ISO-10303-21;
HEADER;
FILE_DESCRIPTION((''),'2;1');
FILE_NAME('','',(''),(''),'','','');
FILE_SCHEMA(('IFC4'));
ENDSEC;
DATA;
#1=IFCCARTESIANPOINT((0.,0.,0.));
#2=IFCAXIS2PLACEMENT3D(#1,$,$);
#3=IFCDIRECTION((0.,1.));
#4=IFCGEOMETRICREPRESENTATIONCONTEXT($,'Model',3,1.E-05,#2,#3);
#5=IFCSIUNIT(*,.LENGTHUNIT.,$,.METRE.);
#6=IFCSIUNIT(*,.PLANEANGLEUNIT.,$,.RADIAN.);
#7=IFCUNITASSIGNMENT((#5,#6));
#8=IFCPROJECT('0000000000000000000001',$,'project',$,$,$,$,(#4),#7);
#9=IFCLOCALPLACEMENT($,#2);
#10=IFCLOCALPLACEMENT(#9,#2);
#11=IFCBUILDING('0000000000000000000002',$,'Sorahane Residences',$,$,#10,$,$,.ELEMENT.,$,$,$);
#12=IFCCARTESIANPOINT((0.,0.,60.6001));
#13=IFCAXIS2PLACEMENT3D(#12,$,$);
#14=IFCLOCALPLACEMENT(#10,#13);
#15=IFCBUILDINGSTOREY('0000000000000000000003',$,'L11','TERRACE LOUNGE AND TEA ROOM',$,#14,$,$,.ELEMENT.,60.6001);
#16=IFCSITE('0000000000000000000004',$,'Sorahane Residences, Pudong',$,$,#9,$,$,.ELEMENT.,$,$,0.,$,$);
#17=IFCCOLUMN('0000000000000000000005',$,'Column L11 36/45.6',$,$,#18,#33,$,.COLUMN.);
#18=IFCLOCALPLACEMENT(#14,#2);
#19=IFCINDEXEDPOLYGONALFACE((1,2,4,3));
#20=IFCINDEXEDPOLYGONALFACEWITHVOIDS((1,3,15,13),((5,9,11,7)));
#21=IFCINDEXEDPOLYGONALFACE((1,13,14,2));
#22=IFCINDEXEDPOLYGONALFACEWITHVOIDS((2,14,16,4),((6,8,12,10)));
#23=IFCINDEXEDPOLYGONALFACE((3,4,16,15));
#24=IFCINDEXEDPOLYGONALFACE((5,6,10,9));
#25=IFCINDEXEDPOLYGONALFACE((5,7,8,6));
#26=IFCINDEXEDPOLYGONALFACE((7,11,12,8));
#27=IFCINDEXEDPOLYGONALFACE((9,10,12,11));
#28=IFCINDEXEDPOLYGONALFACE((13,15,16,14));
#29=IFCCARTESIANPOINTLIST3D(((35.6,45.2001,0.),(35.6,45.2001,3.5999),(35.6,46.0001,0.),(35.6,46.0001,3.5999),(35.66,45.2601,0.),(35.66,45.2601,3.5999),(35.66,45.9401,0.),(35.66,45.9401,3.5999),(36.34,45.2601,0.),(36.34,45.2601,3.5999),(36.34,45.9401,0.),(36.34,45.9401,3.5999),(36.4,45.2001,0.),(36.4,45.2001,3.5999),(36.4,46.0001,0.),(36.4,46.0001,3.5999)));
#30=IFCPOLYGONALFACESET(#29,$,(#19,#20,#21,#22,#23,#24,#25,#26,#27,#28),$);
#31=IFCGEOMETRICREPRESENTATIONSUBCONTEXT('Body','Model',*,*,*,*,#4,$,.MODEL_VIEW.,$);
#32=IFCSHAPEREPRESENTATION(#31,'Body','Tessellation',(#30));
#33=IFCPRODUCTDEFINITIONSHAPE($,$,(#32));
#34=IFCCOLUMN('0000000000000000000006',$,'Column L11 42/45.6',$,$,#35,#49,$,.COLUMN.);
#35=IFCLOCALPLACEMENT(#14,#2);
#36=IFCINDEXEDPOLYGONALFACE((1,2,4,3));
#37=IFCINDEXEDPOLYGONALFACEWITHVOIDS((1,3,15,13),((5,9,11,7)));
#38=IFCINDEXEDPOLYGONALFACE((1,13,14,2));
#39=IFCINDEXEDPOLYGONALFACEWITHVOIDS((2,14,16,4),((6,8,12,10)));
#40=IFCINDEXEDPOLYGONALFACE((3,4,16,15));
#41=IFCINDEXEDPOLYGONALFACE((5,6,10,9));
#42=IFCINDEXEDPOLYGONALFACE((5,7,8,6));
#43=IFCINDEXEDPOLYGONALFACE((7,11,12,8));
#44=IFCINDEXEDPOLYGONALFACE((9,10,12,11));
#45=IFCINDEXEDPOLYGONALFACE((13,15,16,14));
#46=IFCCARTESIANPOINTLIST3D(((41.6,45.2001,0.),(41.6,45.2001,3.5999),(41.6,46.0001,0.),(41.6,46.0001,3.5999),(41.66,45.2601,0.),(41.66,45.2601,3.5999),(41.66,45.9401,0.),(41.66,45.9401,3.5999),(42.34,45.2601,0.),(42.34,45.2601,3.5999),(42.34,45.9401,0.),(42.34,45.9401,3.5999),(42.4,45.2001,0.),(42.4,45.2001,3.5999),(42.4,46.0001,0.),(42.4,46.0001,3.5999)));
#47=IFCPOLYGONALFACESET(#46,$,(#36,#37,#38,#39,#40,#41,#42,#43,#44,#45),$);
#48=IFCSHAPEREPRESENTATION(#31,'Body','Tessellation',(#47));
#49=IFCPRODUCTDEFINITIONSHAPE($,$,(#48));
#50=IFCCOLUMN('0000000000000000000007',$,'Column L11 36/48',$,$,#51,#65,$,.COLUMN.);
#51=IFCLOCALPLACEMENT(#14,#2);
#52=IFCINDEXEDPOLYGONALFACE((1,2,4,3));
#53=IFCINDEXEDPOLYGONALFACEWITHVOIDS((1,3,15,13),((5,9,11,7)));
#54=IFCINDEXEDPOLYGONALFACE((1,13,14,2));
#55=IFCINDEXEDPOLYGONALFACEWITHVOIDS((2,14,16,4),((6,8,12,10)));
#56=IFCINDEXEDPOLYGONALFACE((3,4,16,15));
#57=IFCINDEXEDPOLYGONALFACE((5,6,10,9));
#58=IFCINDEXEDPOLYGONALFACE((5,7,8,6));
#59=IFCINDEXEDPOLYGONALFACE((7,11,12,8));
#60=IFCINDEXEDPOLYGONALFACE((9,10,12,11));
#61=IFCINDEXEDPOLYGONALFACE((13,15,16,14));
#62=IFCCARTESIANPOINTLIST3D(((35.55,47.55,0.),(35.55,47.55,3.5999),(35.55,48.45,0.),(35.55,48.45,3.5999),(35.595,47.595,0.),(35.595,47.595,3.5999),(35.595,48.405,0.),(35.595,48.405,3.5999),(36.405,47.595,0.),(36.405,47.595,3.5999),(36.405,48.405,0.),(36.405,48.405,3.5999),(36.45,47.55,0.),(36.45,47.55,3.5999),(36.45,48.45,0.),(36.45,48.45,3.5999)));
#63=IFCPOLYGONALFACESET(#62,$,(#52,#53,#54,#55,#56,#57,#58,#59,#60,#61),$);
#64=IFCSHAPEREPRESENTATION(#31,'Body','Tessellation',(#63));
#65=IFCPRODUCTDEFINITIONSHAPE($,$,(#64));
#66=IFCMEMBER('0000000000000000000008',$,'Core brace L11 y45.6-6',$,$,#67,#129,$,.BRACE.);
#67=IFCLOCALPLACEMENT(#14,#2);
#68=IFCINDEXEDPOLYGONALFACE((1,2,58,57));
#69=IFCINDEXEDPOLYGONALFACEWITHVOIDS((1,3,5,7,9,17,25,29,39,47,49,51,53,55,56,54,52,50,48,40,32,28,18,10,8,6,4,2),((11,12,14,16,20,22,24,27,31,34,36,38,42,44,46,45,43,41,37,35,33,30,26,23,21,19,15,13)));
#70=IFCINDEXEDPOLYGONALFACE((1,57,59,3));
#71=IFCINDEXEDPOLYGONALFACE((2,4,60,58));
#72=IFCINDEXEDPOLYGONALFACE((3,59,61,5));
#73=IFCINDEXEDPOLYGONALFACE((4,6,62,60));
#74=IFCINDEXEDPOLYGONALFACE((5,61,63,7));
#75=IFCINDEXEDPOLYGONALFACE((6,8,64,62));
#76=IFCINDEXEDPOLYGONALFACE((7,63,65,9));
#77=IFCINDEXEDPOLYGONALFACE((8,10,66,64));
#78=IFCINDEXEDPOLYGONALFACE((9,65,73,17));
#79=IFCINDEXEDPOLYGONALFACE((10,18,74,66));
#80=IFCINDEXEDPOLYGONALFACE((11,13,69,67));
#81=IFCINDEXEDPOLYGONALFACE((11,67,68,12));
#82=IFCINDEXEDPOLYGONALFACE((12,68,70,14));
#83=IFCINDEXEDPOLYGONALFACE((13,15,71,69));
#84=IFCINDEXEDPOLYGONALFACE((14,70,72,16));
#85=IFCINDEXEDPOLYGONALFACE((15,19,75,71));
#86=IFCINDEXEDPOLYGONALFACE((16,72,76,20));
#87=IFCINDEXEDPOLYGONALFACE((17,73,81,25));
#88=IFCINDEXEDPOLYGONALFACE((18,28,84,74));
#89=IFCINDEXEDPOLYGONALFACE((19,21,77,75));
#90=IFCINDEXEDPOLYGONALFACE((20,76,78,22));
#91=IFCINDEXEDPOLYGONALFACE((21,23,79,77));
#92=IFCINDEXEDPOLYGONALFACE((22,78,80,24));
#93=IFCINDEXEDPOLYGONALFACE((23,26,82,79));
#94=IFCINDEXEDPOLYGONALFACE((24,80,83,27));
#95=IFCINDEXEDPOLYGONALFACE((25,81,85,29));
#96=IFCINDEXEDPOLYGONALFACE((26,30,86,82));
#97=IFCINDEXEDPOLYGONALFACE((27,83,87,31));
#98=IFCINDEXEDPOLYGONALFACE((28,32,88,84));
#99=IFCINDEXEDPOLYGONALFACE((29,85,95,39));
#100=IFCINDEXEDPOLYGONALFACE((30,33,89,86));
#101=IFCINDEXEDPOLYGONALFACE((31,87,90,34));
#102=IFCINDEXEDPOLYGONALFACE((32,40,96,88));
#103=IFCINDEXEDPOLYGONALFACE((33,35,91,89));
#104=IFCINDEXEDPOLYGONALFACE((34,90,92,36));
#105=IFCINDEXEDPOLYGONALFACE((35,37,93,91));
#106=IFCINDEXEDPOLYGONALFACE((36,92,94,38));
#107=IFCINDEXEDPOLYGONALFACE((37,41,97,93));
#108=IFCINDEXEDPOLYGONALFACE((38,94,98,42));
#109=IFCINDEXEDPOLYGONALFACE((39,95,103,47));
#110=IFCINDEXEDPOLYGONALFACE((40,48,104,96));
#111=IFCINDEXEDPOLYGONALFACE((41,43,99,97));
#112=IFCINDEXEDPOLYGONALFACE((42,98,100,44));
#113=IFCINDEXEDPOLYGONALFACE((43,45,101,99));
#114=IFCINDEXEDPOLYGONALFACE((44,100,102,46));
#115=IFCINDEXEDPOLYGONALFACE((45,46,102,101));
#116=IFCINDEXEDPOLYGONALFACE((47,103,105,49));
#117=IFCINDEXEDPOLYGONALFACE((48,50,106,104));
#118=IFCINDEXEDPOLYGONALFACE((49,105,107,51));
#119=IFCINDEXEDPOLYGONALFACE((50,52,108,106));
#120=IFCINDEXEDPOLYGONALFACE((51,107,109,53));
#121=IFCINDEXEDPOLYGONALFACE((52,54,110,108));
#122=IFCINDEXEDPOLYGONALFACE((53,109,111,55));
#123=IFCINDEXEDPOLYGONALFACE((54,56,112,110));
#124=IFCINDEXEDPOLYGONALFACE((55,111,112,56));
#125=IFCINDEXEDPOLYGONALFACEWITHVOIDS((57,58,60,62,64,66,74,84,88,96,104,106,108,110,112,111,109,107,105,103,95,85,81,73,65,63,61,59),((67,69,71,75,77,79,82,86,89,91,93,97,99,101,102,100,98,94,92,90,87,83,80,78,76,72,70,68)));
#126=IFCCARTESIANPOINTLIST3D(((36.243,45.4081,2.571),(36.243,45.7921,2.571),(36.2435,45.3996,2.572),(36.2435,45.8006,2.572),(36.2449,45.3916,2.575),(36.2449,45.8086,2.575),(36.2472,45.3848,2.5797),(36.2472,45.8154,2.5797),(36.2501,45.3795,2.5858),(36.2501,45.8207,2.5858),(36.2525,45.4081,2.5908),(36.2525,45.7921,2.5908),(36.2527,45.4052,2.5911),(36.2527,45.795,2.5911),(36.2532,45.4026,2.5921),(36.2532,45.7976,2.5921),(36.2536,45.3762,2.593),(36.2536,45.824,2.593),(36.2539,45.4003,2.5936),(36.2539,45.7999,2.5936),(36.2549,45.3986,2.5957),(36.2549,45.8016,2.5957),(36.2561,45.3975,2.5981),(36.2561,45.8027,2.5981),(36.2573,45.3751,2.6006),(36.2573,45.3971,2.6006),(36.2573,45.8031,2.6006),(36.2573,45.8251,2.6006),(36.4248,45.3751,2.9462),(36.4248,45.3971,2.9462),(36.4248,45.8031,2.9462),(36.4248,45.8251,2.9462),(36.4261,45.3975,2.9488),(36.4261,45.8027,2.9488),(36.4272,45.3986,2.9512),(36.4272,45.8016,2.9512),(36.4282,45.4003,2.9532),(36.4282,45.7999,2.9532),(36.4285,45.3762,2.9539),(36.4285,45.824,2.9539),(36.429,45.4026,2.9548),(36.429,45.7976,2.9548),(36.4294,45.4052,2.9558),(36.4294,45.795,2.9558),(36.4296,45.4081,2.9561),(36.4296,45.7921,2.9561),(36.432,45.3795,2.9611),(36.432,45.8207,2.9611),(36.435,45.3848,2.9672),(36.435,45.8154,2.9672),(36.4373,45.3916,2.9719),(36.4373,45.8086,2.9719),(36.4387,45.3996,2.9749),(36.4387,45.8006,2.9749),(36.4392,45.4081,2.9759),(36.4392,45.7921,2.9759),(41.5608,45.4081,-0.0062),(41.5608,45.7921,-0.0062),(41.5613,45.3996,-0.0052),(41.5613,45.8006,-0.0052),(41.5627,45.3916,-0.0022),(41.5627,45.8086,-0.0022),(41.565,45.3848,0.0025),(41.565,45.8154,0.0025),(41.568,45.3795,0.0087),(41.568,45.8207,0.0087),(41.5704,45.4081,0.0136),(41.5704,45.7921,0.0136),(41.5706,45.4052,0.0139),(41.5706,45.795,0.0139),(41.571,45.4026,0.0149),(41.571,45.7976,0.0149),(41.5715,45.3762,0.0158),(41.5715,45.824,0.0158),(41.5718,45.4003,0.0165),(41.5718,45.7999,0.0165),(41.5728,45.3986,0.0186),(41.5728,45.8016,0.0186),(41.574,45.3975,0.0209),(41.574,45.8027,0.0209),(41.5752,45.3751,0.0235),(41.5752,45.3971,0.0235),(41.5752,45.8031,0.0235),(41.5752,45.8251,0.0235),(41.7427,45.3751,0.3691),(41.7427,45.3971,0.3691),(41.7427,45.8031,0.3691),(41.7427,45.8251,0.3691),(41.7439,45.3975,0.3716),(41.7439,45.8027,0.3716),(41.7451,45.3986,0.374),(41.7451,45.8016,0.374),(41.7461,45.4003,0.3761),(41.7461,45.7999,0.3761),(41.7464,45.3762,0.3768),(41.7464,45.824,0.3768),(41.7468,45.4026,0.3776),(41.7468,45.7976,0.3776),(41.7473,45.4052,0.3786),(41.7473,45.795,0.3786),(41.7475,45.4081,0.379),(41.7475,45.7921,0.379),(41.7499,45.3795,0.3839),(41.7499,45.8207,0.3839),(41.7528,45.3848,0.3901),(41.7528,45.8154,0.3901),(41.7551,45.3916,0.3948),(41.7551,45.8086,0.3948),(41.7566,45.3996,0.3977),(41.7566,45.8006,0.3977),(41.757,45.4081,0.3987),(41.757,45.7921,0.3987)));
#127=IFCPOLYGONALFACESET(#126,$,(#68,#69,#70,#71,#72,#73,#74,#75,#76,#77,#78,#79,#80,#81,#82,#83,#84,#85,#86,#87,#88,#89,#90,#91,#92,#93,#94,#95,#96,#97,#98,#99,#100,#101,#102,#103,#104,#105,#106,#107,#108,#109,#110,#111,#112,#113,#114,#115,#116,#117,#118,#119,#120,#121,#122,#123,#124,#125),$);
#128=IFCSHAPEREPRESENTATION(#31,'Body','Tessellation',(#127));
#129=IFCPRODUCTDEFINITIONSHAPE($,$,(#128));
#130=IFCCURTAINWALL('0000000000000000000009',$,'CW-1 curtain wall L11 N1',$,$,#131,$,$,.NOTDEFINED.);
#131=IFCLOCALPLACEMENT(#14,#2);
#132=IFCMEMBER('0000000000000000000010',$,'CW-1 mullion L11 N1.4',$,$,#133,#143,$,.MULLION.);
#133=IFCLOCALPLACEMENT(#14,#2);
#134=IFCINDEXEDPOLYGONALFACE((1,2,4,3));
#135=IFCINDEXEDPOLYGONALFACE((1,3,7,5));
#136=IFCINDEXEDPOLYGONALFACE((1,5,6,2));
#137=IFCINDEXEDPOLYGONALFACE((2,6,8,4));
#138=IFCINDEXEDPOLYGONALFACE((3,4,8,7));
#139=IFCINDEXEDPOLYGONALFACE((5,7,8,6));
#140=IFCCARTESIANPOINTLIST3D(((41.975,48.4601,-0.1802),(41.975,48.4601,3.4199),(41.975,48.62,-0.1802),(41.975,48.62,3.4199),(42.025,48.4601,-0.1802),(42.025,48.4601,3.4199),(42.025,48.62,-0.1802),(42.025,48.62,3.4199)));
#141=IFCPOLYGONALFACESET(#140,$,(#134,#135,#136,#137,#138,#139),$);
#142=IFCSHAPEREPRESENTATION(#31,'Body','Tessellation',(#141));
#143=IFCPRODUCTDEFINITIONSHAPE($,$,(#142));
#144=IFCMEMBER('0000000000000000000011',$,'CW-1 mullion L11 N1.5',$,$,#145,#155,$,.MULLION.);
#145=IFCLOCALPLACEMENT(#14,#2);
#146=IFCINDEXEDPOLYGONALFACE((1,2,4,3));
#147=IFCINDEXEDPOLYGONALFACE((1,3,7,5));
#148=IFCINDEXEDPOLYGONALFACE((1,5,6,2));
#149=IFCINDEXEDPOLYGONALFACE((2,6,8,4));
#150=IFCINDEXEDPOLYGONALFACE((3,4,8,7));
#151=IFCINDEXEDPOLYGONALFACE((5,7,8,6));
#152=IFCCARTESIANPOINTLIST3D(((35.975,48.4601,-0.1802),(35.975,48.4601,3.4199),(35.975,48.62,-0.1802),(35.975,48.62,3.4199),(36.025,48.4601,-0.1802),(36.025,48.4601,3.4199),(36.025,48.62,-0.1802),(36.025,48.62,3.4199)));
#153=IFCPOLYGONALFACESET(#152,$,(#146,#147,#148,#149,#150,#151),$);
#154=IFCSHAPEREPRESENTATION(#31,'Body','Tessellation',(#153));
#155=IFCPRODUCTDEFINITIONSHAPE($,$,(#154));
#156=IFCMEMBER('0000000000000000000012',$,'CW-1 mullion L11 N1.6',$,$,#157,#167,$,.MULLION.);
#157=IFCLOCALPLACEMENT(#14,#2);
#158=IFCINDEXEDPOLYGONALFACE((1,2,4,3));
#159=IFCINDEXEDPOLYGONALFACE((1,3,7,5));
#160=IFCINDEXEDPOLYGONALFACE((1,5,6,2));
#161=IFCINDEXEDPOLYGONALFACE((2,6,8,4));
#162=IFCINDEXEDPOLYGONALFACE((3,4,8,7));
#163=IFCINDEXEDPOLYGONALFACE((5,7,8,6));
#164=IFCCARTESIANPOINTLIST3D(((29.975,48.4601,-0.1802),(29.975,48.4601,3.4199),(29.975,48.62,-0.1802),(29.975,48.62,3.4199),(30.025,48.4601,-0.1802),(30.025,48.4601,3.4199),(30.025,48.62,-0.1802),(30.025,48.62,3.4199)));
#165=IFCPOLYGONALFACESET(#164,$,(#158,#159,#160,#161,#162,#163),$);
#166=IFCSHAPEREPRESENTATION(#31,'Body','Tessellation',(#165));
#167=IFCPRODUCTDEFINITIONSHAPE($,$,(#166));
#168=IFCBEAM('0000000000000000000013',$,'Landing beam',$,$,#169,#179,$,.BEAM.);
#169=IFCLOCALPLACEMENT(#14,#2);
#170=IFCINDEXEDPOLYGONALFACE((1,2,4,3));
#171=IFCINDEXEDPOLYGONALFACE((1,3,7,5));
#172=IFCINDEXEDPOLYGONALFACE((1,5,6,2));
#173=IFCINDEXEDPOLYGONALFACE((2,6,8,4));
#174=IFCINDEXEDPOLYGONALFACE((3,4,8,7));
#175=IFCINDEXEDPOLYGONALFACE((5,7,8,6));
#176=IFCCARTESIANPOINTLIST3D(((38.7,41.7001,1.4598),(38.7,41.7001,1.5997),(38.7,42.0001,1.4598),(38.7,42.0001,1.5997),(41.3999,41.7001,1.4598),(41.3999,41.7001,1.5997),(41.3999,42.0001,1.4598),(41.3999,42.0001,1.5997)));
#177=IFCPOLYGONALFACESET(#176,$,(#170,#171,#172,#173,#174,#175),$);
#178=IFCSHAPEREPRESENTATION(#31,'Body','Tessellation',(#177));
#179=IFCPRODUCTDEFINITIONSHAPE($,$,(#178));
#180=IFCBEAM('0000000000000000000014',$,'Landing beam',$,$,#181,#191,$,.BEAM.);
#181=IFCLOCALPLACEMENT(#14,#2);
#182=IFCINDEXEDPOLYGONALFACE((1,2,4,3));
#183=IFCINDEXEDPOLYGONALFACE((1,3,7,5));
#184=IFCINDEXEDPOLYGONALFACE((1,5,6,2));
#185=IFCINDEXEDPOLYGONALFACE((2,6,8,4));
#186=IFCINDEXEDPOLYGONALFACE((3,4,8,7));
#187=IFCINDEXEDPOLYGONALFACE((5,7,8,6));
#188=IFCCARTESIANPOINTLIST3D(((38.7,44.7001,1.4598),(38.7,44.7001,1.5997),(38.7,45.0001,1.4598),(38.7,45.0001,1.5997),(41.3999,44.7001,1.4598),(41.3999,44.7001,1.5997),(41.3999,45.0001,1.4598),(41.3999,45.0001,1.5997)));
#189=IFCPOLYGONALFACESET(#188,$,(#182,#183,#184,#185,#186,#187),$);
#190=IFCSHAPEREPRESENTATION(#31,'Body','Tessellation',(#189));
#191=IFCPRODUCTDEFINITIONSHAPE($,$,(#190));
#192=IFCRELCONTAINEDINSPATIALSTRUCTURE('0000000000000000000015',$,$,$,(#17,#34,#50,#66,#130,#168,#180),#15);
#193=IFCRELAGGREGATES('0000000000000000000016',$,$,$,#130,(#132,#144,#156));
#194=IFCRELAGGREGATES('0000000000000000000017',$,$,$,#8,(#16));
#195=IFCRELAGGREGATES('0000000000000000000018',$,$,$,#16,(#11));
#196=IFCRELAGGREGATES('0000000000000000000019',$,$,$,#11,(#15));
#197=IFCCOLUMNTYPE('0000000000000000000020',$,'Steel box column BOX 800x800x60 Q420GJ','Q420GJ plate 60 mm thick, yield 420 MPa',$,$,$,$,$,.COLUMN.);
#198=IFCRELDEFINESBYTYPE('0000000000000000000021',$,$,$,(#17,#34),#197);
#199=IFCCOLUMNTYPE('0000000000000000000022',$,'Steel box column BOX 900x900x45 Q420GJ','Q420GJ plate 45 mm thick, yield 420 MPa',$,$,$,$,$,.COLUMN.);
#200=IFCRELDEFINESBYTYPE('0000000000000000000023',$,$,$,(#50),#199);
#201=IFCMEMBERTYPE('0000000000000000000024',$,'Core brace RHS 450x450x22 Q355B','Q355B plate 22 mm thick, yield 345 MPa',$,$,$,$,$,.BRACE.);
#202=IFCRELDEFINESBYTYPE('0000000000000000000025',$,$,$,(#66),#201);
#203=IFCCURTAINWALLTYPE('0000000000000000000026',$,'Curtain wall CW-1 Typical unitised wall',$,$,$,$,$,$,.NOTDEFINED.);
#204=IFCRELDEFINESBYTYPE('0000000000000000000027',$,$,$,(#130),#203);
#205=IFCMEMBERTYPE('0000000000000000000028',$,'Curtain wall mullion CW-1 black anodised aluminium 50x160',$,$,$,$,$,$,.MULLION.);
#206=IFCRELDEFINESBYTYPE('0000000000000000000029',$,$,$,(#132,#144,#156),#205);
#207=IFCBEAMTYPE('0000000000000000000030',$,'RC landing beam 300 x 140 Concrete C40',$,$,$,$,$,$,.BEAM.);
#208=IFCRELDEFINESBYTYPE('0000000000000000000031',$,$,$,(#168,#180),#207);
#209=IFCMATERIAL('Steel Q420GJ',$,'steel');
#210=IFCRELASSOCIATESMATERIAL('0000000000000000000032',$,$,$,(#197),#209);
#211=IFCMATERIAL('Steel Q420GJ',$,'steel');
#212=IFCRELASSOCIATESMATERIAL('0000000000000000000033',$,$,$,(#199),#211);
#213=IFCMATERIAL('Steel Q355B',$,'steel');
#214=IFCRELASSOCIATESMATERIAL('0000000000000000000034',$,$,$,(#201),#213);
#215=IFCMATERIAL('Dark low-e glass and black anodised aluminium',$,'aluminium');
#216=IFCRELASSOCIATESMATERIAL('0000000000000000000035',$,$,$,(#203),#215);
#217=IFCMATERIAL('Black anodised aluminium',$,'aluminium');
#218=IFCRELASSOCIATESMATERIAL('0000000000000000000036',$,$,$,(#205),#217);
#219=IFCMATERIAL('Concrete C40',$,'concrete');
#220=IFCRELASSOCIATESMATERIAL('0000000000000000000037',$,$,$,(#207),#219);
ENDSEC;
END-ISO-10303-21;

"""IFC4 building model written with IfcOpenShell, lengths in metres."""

from ifc_helpers import new_model, si_unit, direction, frame, origin, origin_2d, place, context, subcontext, project, spatial, rectangle, hollow_rectangle, extrude, material, material_profile, profile_set, type_object, element, aggregate, save


model = new_model("IFC4")

# Units and contexts
model_context = context("Model", 3, precision=1e-05, world=origin(), true_north=direction((0.0, 1.0)))
body_context = subcontext(model_context, "Body", "Model", "MODEL_VIEW")
ifc_project = project(units=[si_unit("LENGTHUNIT", "METRE"), si_unit("PLANEANGLEUNIT", "RADIAN")], contexts=[model_context])

# Site, building, storey
site_placement = place(None, origin())
site = spatial("IfcSite", under=ifc_project, at=site_placement, Name="Sorahane Residences, Pudong", CompositionType="ELEMENT", RefElevation=0.0)
building_placement = place(site_placement, origin())
building = spatial("IfcBuilding", under=site, at=building_placement, Name="Sorahane Residences", CompositionType="ELEMENT")
storey_placement = place(building_placement, frame((0.0, 0.0, 60.6001)))
storey = spatial("IfcBuildingStorey", under=building, at=storey_placement, Name="L11", Description="TERRACE LOUNGE AND TEA ROOM", CompositionType="ELEMENT", Elevation=60.6001)

# Columns
ifc_material_1 = material(Name="Steel Q420GJ", Category="steel")
ifc_material_profile_1 = material_profile(ifc_material_1, hollow_rectangle(XDim=0.8, YDim=0.8, WallThickness=0.0601, at=origin_2d()), Name="BOX 800x800x60")
ifc_profile_set_1 = profile_set([ifc_material_profile_1], Name="Steel Q420GJ")
column_type_1 = type_object("IfcColumnType", Name="Steel box column BOX 800x800x60 Q420GJ", Description="Q420GJ plate 60 mm thick, yield 420 MPa", PredefinedType="COLUMN", material=ifc_profile_set_1)
for number, where, z_axis, x_axis, name in (
    (1, (36.0, 45.6001, 0.0), (0.0, 0.0, 1.0), (1.0, 0.0, 0.0), "Column L11 36/45.6"),
    (2, (42.0, 45.6001, 0.0), (0.0, 0.0, 1.0), (1.0, 0.0, 0.0), "Column L11 42/45.6"),
):
    element("IfcColumn", number, at=place(storey_placement, frame(where, z_axis=z_axis, x_axis=x_axis)), inside=storey, type_object=column_type_1, Name=name, PredefinedType="COLUMN", context=body_context, shape_type="SweptSolid", body=[
        extrude(hollow_rectangle(XDim=0.8, YDim=0.8, WallThickness=0.0601, at=origin_2d()), origin(), (0.0, 0.0, 1.0), 3.5999),
    ])
ifc_material_2 = material(Name="Steel Q420GJ", Category="steel")
ifc_material_profile_2 = material_profile(ifc_material_2, hollow_rectangle(XDim=0.8999, YDim=0.8999, WallThickness=0.0449, at=origin_2d()), Name="BOX 900x900x45")
ifc_profile_set_2 = profile_set([ifc_material_profile_2], Name="Steel Q420GJ")
column_type_2 = type_object("IfcColumnType", Name="Steel box column BOX 900x900x45 Q420GJ", Description="Q420GJ plate 45 mm thick, yield 420 MPa", PredefinedType="COLUMN", material=ifc_profile_set_2)
column_placement = place(storey_placement, frame((36.0, 48.0, 0.0), z_axis=(0.0, 0.0, 1.0), x_axis=(1.0, 0.0, 0.0)))
element("IfcColumn", 3, at=column_placement, inside=storey, type_object=column_type_2, Name="Column L11 36/48", PredefinedType="COLUMN", context=body_context, shape_type="SweptSolid", body=[
    extrude(hollow_rectangle(XDim=0.8999, YDim=0.8999, WallThickness=0.0449, at=origin_2d()), origin(), (0.0, 0.0, 1.0), 3.5999),
])

# Member
ifc_material_3 = material(Name="Steel Q355B", Category="steel")
ifc_material_profile_3 = material_profile(ifc_material_3, hollow_rectangle(XDim=0.45, YDim=0.45, WallThickness=0.022, InnerFilletRadius=0.011, OuterFilletRadius=0.033, at=origin_2d()), Name="RHS 450x450x22")
ifc_profile_set_3 = profile_set([ifc_material_profile_3], Name="Steel Q355B")
member_type_1 = type_object("IfcMemberType", Name="Core brace RHS 450x450x22 Q355B", Description="Q355B plate 22 mm thick, yield 345 MPa", PredefinedType="BRACE", material=ifc_profile_set_3)
member_1_placement = place(storey_placement, frame((41.6589, 45.6001, 0.1963), z_axis=(-0.899895, 0.0, 0.436107), x_axis=(0.0, -1.0, 0.0)))
element("IfcMember", 4, at=member_1_placement, inside=storey, type_object=member_type_1, Name="Core brace L11 y45.6-6", PredefinedType="BRACE", context=body_context, shape_type="SweptSolid", body=[
    extrude(hollow_rectangle(XDim=0.45, YDim=0.45, WallThickness=0.022, InnerFilletRadius=0.011, OuterFilletRadius=0.033, at=origin_2d()), origin(), (0.0, 0.0, 1.0), 5.9094),
])

# Curtain wall, members
ifc_material_4 = material(Name="Dark low-e glass and black anodised aluminium", Category="aluminium")
curtain_wall_type = type_object("IfcCurtainWallType", Name="Curtain wall CW-1 Typical unitised wall", PredefinedType="NOTDEFINED", material=ifc_material_4)
curtain_wall_placement = place(storey_placement, origin())
curtain_wall = element("IfcCurtainWall", 5, at=curtain_wall_placement, inside=storey, type_object=curtain_wall_type, Name="CW-1 curtain wall L11 N1", PredefinedType="NOTDEFINED")
ifc_material_5 = material(Name="Black anodised aluminium", Category="aluminium")
ifc_material_profile_4 = material_profile(ifc_material_5, rectangle(XDim=0.1599, YDim=0.05, at=origin_2d()), Name="Curtain wall mullion CW-1 black anodised aluminium 50x160")
ifc_profile_set_4 = profile_set([ifc_material_profile_4], Name="Black anodised aluminium")
member_type_2 = type_object("IfcMemberType", Name="Curtain wall mullion CW-1 black anodised aluminium 50x160", PredefinedType="MULLION", material=ifc_profile_set_4)
member_2_placement = place(storey_placement, frame((42.0, 48.54, -0.1802), z_axis=(0.0, 0.0, 1.0), x_axis=(0.0, 1.0, 0.0)))
member_2 = element("IfcMember", 6, at=member_2_placement, type_object=member_type_2, Name="CW-1 mullion L11 N1.4", PredefinedType="MULLION", context=body_context, shape_type="SweptSolid", body=[
    extrude(rectangle(XDim=0.1599, YDim=0.05, at=origin_2d()), origin(), (0.0, 0.0, 1.0), 3.6001),
])
member_3_placement = place(storey_placement, frame((36.0, 48.54, -0.1802), z_axis=(0.0, 0.0, 1.0), x_axis=(0.0, 1.0, 0.0)))
member_3 = element("IfcMember", 7, at=member_3_placement, type_object=member_type_2, Name="CW-1 mullion L11 N1.5", PredefinedType="MULLION", context=body_context, shape_type="SweptSolid", body=[
    extrude(rectangle(XDim=0.1599, YDim=0.05, at=origin_2d()), origin(), (0.0, 0.0, 1.0), 3.6001),
])
member_4_placement = place(storey_placement, frame((30.0, 48.54, -0.1802), z_axis=(0.0, 0.0, 1.0), x_axis=(0.0, 1.0, 0.0)))
member_4 = element("IfcMember", 8, at=member_4_placement, type_object=member_type_2, Name="CW-1 mullion L11 N1.6", PredefinedType="MULLION", context=body_context, shape_type="SweptSolid", body=[
    extrude(rectangle(XDim=0.1599, YDim=0.05, at=origin_2d()), origin(), (0.0, 0.0, 1.0), 3.6001),
])

# Beams
ifc_material_6 = material(Name="Concrete C40", Category="concrete")
ifc_material_profile_5 = material_profile(ifc_material_6, rectangle(XDim=0.3, YDim=0.1399, at=origin_2d()), Name="300x140")
ifc_profile_set_5 = profile_set([ifc_material_profile_5], Name="Concrete C40")
beam_type_1 = type_object("IfcBeamType", Name="RC landing beam 300 x 140 Concrete C40", PredefinedType="BEAM", material=ifc_profile_set_5)
for number, where, z_axis, x_axis, name in (
    (9, (38.7, 41.8501, 1.5298), (1.0, 0.0, 0.0), (0.0, 1.0, 0.0), "Landing beam"),
    (10, (38.7, 44.8501, 1.5298), (1.0, 0.0, 0.0), (0.0, 1.0, 0.0), "Landing beam"),
):
    element("IfcBeam", number, at=place(storey_placement, frame(where, z_axis=z_axis, x_axis=x_axis)), inside=storey, type_object=beam_type_1, Name=name, PredefinedType="BEAM", context=body_context, shape_type="SweptSolid", body=[
        extrude(rectangle(XDim=0.3, YDim=0.1399, at=origin_2d()), origin(), (0.0, 0.0, 1.0), 2.7),
    ])

aggregate(curtain_wall, [member_2, member_3, member_4])

save(model, "model.ifc")
